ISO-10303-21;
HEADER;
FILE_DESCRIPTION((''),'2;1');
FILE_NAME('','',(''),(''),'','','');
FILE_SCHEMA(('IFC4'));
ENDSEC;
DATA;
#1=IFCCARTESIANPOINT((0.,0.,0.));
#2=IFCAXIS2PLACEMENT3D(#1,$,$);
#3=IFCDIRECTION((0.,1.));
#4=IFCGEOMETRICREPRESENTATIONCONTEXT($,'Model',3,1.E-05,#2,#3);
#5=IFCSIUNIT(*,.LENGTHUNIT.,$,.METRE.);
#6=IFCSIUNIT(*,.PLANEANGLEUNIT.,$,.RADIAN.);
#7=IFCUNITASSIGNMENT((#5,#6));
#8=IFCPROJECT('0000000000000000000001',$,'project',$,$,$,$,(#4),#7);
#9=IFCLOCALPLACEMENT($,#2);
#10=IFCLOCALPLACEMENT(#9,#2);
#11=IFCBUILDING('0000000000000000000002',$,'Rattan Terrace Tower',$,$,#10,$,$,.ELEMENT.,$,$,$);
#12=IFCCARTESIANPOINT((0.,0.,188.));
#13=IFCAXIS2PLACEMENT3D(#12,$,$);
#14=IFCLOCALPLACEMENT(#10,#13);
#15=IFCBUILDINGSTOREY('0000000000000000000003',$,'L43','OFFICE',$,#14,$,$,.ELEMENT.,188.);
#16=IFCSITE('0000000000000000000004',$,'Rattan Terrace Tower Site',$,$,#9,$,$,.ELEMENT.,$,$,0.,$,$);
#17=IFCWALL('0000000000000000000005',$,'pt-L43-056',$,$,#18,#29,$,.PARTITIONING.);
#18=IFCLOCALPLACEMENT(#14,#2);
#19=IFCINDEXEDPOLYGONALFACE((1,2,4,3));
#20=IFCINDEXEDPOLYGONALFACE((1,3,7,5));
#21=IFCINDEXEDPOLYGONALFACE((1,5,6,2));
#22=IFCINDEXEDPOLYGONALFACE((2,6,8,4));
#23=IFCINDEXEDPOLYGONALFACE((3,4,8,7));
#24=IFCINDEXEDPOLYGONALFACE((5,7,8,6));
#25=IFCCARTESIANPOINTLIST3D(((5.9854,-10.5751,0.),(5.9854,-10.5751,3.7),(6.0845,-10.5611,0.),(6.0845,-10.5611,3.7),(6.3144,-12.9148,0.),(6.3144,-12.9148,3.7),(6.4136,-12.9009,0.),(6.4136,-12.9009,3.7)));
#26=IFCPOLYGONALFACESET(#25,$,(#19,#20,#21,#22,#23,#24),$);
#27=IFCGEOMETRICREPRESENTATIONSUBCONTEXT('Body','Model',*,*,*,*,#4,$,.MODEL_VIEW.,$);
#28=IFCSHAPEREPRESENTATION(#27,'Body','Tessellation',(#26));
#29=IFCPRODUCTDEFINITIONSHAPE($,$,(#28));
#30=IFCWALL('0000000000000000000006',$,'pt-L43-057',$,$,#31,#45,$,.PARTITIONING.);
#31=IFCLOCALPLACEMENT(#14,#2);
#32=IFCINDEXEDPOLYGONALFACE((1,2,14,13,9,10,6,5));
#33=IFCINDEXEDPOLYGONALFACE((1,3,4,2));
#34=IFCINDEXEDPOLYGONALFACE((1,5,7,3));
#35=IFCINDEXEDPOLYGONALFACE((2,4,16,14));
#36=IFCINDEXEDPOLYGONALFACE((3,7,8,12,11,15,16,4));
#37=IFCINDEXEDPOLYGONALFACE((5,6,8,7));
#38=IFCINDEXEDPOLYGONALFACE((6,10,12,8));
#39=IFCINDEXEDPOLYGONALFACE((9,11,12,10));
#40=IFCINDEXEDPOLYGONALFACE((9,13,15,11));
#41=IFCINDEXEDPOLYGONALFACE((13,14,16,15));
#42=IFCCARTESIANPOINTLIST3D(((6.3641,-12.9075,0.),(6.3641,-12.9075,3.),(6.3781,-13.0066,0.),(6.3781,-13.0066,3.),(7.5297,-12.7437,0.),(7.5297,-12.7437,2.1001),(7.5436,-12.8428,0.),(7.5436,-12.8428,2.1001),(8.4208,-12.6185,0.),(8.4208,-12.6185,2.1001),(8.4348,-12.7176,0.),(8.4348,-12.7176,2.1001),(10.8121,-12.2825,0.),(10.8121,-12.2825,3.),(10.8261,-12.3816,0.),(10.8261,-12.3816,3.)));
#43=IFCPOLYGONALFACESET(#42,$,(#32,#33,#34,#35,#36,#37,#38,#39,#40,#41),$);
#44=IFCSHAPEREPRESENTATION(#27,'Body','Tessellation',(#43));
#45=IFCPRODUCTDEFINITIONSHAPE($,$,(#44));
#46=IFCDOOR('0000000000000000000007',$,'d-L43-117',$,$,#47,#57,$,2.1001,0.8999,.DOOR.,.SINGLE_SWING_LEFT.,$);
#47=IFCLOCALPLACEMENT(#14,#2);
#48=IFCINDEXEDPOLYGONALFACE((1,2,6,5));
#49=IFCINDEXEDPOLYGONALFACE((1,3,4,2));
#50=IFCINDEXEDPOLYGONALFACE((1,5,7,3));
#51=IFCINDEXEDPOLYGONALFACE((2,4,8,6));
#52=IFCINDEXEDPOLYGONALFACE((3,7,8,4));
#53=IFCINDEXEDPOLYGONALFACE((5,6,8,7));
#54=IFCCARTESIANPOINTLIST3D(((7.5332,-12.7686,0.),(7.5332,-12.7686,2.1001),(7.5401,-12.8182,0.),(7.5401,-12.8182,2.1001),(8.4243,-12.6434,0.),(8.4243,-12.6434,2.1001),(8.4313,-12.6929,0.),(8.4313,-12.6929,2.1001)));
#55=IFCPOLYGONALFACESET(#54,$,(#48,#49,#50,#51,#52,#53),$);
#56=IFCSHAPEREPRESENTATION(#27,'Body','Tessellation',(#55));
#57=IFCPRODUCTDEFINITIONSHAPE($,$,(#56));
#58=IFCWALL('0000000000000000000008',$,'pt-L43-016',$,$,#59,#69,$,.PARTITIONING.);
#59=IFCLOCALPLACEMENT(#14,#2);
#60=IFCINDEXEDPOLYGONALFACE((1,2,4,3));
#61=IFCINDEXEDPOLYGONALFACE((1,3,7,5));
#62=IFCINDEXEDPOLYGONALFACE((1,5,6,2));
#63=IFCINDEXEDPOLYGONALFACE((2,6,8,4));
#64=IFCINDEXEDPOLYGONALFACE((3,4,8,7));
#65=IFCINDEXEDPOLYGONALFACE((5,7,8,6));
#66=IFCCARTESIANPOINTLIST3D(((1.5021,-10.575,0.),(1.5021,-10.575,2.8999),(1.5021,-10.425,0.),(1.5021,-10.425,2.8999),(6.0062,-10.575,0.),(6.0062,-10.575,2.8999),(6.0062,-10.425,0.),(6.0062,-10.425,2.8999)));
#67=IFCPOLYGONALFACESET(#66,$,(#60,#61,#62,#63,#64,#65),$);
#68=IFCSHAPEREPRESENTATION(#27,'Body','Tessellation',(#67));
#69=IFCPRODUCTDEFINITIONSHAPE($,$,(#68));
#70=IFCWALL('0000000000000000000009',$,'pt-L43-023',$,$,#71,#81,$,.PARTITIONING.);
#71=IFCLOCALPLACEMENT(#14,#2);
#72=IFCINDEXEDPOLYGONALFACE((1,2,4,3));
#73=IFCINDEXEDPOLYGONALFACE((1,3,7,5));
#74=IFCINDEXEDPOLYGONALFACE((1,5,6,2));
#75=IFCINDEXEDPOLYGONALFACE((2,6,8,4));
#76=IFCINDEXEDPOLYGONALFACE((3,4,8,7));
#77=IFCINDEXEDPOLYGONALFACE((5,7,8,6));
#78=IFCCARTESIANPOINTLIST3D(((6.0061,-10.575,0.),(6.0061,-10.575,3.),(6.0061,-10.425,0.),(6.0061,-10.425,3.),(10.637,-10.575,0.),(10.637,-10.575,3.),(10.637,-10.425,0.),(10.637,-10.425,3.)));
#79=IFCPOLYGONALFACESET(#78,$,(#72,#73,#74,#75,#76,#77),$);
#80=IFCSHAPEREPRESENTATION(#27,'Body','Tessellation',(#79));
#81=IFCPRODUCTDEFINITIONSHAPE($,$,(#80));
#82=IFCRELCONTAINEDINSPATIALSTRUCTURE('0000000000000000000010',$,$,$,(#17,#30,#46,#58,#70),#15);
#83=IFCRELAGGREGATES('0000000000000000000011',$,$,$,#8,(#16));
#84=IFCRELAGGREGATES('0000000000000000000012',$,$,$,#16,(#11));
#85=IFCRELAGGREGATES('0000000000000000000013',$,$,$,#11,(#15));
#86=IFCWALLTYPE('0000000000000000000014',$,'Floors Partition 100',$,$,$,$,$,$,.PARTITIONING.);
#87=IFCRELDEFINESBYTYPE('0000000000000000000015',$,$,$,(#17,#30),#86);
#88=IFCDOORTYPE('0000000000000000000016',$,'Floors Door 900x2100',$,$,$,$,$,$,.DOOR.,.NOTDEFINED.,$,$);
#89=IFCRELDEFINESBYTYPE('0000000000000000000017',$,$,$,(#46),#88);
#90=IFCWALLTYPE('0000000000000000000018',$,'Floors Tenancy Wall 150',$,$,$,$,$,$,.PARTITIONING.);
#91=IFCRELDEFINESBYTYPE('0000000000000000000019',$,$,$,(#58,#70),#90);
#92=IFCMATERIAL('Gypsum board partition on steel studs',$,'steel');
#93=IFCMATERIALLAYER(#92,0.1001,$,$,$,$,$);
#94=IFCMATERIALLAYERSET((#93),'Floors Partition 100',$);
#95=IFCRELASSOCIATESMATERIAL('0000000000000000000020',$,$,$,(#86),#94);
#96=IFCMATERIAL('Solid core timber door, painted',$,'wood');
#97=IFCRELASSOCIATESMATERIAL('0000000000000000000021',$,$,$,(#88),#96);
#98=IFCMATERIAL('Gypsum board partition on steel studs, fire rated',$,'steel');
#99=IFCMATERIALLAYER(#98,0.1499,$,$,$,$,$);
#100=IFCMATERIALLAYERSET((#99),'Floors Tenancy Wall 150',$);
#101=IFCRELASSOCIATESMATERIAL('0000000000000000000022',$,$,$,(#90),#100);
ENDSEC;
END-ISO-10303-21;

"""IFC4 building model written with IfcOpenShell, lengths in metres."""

from ifc_helpers import new_model, si_unit, direction, frame, frame_2d, origin, place, context, subcontext, project, spatial, rectangle, extrude, material, layer, layer_set, type_object, element, fill, save


model = new_model("IFC4")

# Units and contexts
model_context = context("Model", 3, precision=1e-05, world=origin(), true_north=direction((0.0, 1.0)))
body_context = subcontext(model_context, "Body", "Model", "MODEL_VIEW")
ifc_project = project(units=[si_unit("LENGTHUNIT", "METRE"), si_unit("PLANEANGLEUNIT", "RADIAN")], contexts=[model_context])

# Site, building, storey
site_placement = place(None, origin())
site = spatial("IfcSite", under=ifc_project, at=site_placement, Name="Rattan Terrace Tower Site", CompositionType="ELEMENT", RefElevation=0.0)
building_placement = place(site_placement, origin())
building = spatial("IfcBuilding", under=site, at=building_placement, Name="Rattan Terrace Tower", CompositionType="ELEMENT")
storey_placement = place(building_placement, frame((0.0, 0.0, 188.0)))
storey = spatial("IfcBuildingStorey", under=building, at=storey_placement, Name="L43", Description="OFFICE", CompositionType="ELEMENT", Elevation=188.0)

# Shared definitions
ifc_material_1 = material(Name="Gypsum board partition on steel studs", Category="steel")
ifc_layer_1 = layer(ifc_material_1, 0.1001)
ifc_layer_set_1 = layer_set([ifc_layer_1], Name="Floors Partition 100")
wall_type_1 = type_object("IfcWallType", Name="Floors Partition 100", PredefinedType="PARTITIONING", material=ifc_layer_set_1)
ifc_material_2 = material(Name="Solid core timber door, painted", Category="wood")
door_type_1 = type_object("IfcDoorType", Name="Floors Door 900x2100", OperationType="NOTDEFINED", PredefinedType="DOOR", material=ifc_material_2)

# Wall
wall_1_placement = place(storey_placement, frame((6.0349, -10.5681, 0.0), z_axis=(0.0, 0.0, 1.0), x_axis=(0.13928, -0.990253, 0.0)))
element("IfcWall", 1, at=wall_1_placement, inside=storey, type_object=wall_type_1, Name="pt-L43-056", PredefinedType="PARTITIONING", context=body_context, shape_type="SweptSolid", body=[
    extrude(rectangle(XDim=2.3628, YDim=0.1001, at=frame_2d((1.1814, 0.0))), origin(), (0.0, 0.0, 1.0), 3.7),
])

# Wall, opening, door
wall_2_placement = place(storey_placement, frame((6.3711, -12.957, 0.0), z_axis=(0.0, 0.0, 1.0), x_axis=(0.990272, 0.139146, 0.0)))
wall_2 = element("IfcWall", 2, at=wall_2_placement, inside=storey, type_object=wall_type_1, Name="pt-L43-057", PredefinedType="PARTITIONING", context=body_context, shape_type="SweptSolid", body=[
    extrude(rectangle(XDim=4.4917, YDim=0.1001, at=frame_2d((2.2458, 0.0))), origin(), (0.0, 0.0, 1.0), 3.0),
])
opening_1_placement = place(wall_2_placement, frame((1.177, 0.0, 0.0)))
opening_1 = element("IfcOpeningElement", 3, at=opening_1_placement, cuts=wall_2, PredefinedType="OPENING", context=body_context, shape_type="SweptSolid", body=[
    extrude(rectangle(XDim=0.8999, YDim=2.1001, at=frame_2d((0.45, 1.05))), frame((0.0, 0.0605, 0.0), z_axis=(0.0, -1.0, 0.0), x_axis=(1.0, 0.0, 0.0)), (0.0, 0.0, 1.0), 0.1211),
])
door_1_placement = place(opening_1_placement, origin())
door_1 = element("IfcDoor", 4, at=door_1_placement, inside=storey, type_object=door_type_1, Name="d-L43-117", OperationType="SINGLE_SWING_LEFT", OverallHeight=2.1001, OverallWidth=0.8999, PredefinedType="DOOR", context=body_context, shape_type="SweptSolid", body=[
    extrude(rectangle(XDim=0.8999, YDim=2.1001, at=frame_2d((0.45, 1.05))), frame((0.0, 0.0249, 0.0), z_axis=(0.0, -1.0, 0.0), x_axis=(1.0, 0.0, 0.0)), (0.0, 0.0, 1.0), 0.05),
])
fill(opening_1, door_1)

# Walls
ifc_material_3 = material(Name="Gypsum board partition on steel studs, fire rated", Category="steel")
ifc_layer_2 = layer(ifc_material_3, 0.1499)
ifc_layer_set_2 = layer_set([ifc_layer_2], Name="Floors Tenancy Wall 150")
wall_type_2 = type_object("IfcWallType", Name="Floors Tenancy Wall 150", PredefinedType="PARTITIONING", material=ifc_layer_set_2)
wall_3_placement = place(storey_placement, frame((6.0061, -10.5, 0.0), z_axis=(0.0, 0.0, 1.0), x_axis=(-1.0, 0.0, 0.0)))
element("IfcWall", 5, at=wall_3_placement, inside=storey, type_object=wall_type_2, Name="pt-L43-016", PredefinedType="PARTITIONING", context=body_context, shape_type="SweptSolid", body=[
    extrude(rectangle(XDim=4.5042, YDim=0.1499, at=frame_2d((2.252, 0.0))), origin(), (0.0, 0.0, 1.0), 2.8999),
])
wall_4_placement = place(storey_placement, frame((10.637, -10.5, 0.0), z_axis=(0.0, 0.0, 1.0), x_axis=(-1.0, 0.0, 0.0)))
element("IfcWall", 6, at=wall_4_placement, inside=storey, type_object=wall_type_2, Name="pt-L43-023", PredefinedType="PARTITIONING", context=body_context, shape_type="SweptSolid", body=[
    extrude(rectangle(XDim=4.6309, YDim=0.1499, at=frame_2d((2.3154, 0.0))), origin(), (0.0, 0.0, 1.0), 3.0),
])

save(model, "model.ifc")
